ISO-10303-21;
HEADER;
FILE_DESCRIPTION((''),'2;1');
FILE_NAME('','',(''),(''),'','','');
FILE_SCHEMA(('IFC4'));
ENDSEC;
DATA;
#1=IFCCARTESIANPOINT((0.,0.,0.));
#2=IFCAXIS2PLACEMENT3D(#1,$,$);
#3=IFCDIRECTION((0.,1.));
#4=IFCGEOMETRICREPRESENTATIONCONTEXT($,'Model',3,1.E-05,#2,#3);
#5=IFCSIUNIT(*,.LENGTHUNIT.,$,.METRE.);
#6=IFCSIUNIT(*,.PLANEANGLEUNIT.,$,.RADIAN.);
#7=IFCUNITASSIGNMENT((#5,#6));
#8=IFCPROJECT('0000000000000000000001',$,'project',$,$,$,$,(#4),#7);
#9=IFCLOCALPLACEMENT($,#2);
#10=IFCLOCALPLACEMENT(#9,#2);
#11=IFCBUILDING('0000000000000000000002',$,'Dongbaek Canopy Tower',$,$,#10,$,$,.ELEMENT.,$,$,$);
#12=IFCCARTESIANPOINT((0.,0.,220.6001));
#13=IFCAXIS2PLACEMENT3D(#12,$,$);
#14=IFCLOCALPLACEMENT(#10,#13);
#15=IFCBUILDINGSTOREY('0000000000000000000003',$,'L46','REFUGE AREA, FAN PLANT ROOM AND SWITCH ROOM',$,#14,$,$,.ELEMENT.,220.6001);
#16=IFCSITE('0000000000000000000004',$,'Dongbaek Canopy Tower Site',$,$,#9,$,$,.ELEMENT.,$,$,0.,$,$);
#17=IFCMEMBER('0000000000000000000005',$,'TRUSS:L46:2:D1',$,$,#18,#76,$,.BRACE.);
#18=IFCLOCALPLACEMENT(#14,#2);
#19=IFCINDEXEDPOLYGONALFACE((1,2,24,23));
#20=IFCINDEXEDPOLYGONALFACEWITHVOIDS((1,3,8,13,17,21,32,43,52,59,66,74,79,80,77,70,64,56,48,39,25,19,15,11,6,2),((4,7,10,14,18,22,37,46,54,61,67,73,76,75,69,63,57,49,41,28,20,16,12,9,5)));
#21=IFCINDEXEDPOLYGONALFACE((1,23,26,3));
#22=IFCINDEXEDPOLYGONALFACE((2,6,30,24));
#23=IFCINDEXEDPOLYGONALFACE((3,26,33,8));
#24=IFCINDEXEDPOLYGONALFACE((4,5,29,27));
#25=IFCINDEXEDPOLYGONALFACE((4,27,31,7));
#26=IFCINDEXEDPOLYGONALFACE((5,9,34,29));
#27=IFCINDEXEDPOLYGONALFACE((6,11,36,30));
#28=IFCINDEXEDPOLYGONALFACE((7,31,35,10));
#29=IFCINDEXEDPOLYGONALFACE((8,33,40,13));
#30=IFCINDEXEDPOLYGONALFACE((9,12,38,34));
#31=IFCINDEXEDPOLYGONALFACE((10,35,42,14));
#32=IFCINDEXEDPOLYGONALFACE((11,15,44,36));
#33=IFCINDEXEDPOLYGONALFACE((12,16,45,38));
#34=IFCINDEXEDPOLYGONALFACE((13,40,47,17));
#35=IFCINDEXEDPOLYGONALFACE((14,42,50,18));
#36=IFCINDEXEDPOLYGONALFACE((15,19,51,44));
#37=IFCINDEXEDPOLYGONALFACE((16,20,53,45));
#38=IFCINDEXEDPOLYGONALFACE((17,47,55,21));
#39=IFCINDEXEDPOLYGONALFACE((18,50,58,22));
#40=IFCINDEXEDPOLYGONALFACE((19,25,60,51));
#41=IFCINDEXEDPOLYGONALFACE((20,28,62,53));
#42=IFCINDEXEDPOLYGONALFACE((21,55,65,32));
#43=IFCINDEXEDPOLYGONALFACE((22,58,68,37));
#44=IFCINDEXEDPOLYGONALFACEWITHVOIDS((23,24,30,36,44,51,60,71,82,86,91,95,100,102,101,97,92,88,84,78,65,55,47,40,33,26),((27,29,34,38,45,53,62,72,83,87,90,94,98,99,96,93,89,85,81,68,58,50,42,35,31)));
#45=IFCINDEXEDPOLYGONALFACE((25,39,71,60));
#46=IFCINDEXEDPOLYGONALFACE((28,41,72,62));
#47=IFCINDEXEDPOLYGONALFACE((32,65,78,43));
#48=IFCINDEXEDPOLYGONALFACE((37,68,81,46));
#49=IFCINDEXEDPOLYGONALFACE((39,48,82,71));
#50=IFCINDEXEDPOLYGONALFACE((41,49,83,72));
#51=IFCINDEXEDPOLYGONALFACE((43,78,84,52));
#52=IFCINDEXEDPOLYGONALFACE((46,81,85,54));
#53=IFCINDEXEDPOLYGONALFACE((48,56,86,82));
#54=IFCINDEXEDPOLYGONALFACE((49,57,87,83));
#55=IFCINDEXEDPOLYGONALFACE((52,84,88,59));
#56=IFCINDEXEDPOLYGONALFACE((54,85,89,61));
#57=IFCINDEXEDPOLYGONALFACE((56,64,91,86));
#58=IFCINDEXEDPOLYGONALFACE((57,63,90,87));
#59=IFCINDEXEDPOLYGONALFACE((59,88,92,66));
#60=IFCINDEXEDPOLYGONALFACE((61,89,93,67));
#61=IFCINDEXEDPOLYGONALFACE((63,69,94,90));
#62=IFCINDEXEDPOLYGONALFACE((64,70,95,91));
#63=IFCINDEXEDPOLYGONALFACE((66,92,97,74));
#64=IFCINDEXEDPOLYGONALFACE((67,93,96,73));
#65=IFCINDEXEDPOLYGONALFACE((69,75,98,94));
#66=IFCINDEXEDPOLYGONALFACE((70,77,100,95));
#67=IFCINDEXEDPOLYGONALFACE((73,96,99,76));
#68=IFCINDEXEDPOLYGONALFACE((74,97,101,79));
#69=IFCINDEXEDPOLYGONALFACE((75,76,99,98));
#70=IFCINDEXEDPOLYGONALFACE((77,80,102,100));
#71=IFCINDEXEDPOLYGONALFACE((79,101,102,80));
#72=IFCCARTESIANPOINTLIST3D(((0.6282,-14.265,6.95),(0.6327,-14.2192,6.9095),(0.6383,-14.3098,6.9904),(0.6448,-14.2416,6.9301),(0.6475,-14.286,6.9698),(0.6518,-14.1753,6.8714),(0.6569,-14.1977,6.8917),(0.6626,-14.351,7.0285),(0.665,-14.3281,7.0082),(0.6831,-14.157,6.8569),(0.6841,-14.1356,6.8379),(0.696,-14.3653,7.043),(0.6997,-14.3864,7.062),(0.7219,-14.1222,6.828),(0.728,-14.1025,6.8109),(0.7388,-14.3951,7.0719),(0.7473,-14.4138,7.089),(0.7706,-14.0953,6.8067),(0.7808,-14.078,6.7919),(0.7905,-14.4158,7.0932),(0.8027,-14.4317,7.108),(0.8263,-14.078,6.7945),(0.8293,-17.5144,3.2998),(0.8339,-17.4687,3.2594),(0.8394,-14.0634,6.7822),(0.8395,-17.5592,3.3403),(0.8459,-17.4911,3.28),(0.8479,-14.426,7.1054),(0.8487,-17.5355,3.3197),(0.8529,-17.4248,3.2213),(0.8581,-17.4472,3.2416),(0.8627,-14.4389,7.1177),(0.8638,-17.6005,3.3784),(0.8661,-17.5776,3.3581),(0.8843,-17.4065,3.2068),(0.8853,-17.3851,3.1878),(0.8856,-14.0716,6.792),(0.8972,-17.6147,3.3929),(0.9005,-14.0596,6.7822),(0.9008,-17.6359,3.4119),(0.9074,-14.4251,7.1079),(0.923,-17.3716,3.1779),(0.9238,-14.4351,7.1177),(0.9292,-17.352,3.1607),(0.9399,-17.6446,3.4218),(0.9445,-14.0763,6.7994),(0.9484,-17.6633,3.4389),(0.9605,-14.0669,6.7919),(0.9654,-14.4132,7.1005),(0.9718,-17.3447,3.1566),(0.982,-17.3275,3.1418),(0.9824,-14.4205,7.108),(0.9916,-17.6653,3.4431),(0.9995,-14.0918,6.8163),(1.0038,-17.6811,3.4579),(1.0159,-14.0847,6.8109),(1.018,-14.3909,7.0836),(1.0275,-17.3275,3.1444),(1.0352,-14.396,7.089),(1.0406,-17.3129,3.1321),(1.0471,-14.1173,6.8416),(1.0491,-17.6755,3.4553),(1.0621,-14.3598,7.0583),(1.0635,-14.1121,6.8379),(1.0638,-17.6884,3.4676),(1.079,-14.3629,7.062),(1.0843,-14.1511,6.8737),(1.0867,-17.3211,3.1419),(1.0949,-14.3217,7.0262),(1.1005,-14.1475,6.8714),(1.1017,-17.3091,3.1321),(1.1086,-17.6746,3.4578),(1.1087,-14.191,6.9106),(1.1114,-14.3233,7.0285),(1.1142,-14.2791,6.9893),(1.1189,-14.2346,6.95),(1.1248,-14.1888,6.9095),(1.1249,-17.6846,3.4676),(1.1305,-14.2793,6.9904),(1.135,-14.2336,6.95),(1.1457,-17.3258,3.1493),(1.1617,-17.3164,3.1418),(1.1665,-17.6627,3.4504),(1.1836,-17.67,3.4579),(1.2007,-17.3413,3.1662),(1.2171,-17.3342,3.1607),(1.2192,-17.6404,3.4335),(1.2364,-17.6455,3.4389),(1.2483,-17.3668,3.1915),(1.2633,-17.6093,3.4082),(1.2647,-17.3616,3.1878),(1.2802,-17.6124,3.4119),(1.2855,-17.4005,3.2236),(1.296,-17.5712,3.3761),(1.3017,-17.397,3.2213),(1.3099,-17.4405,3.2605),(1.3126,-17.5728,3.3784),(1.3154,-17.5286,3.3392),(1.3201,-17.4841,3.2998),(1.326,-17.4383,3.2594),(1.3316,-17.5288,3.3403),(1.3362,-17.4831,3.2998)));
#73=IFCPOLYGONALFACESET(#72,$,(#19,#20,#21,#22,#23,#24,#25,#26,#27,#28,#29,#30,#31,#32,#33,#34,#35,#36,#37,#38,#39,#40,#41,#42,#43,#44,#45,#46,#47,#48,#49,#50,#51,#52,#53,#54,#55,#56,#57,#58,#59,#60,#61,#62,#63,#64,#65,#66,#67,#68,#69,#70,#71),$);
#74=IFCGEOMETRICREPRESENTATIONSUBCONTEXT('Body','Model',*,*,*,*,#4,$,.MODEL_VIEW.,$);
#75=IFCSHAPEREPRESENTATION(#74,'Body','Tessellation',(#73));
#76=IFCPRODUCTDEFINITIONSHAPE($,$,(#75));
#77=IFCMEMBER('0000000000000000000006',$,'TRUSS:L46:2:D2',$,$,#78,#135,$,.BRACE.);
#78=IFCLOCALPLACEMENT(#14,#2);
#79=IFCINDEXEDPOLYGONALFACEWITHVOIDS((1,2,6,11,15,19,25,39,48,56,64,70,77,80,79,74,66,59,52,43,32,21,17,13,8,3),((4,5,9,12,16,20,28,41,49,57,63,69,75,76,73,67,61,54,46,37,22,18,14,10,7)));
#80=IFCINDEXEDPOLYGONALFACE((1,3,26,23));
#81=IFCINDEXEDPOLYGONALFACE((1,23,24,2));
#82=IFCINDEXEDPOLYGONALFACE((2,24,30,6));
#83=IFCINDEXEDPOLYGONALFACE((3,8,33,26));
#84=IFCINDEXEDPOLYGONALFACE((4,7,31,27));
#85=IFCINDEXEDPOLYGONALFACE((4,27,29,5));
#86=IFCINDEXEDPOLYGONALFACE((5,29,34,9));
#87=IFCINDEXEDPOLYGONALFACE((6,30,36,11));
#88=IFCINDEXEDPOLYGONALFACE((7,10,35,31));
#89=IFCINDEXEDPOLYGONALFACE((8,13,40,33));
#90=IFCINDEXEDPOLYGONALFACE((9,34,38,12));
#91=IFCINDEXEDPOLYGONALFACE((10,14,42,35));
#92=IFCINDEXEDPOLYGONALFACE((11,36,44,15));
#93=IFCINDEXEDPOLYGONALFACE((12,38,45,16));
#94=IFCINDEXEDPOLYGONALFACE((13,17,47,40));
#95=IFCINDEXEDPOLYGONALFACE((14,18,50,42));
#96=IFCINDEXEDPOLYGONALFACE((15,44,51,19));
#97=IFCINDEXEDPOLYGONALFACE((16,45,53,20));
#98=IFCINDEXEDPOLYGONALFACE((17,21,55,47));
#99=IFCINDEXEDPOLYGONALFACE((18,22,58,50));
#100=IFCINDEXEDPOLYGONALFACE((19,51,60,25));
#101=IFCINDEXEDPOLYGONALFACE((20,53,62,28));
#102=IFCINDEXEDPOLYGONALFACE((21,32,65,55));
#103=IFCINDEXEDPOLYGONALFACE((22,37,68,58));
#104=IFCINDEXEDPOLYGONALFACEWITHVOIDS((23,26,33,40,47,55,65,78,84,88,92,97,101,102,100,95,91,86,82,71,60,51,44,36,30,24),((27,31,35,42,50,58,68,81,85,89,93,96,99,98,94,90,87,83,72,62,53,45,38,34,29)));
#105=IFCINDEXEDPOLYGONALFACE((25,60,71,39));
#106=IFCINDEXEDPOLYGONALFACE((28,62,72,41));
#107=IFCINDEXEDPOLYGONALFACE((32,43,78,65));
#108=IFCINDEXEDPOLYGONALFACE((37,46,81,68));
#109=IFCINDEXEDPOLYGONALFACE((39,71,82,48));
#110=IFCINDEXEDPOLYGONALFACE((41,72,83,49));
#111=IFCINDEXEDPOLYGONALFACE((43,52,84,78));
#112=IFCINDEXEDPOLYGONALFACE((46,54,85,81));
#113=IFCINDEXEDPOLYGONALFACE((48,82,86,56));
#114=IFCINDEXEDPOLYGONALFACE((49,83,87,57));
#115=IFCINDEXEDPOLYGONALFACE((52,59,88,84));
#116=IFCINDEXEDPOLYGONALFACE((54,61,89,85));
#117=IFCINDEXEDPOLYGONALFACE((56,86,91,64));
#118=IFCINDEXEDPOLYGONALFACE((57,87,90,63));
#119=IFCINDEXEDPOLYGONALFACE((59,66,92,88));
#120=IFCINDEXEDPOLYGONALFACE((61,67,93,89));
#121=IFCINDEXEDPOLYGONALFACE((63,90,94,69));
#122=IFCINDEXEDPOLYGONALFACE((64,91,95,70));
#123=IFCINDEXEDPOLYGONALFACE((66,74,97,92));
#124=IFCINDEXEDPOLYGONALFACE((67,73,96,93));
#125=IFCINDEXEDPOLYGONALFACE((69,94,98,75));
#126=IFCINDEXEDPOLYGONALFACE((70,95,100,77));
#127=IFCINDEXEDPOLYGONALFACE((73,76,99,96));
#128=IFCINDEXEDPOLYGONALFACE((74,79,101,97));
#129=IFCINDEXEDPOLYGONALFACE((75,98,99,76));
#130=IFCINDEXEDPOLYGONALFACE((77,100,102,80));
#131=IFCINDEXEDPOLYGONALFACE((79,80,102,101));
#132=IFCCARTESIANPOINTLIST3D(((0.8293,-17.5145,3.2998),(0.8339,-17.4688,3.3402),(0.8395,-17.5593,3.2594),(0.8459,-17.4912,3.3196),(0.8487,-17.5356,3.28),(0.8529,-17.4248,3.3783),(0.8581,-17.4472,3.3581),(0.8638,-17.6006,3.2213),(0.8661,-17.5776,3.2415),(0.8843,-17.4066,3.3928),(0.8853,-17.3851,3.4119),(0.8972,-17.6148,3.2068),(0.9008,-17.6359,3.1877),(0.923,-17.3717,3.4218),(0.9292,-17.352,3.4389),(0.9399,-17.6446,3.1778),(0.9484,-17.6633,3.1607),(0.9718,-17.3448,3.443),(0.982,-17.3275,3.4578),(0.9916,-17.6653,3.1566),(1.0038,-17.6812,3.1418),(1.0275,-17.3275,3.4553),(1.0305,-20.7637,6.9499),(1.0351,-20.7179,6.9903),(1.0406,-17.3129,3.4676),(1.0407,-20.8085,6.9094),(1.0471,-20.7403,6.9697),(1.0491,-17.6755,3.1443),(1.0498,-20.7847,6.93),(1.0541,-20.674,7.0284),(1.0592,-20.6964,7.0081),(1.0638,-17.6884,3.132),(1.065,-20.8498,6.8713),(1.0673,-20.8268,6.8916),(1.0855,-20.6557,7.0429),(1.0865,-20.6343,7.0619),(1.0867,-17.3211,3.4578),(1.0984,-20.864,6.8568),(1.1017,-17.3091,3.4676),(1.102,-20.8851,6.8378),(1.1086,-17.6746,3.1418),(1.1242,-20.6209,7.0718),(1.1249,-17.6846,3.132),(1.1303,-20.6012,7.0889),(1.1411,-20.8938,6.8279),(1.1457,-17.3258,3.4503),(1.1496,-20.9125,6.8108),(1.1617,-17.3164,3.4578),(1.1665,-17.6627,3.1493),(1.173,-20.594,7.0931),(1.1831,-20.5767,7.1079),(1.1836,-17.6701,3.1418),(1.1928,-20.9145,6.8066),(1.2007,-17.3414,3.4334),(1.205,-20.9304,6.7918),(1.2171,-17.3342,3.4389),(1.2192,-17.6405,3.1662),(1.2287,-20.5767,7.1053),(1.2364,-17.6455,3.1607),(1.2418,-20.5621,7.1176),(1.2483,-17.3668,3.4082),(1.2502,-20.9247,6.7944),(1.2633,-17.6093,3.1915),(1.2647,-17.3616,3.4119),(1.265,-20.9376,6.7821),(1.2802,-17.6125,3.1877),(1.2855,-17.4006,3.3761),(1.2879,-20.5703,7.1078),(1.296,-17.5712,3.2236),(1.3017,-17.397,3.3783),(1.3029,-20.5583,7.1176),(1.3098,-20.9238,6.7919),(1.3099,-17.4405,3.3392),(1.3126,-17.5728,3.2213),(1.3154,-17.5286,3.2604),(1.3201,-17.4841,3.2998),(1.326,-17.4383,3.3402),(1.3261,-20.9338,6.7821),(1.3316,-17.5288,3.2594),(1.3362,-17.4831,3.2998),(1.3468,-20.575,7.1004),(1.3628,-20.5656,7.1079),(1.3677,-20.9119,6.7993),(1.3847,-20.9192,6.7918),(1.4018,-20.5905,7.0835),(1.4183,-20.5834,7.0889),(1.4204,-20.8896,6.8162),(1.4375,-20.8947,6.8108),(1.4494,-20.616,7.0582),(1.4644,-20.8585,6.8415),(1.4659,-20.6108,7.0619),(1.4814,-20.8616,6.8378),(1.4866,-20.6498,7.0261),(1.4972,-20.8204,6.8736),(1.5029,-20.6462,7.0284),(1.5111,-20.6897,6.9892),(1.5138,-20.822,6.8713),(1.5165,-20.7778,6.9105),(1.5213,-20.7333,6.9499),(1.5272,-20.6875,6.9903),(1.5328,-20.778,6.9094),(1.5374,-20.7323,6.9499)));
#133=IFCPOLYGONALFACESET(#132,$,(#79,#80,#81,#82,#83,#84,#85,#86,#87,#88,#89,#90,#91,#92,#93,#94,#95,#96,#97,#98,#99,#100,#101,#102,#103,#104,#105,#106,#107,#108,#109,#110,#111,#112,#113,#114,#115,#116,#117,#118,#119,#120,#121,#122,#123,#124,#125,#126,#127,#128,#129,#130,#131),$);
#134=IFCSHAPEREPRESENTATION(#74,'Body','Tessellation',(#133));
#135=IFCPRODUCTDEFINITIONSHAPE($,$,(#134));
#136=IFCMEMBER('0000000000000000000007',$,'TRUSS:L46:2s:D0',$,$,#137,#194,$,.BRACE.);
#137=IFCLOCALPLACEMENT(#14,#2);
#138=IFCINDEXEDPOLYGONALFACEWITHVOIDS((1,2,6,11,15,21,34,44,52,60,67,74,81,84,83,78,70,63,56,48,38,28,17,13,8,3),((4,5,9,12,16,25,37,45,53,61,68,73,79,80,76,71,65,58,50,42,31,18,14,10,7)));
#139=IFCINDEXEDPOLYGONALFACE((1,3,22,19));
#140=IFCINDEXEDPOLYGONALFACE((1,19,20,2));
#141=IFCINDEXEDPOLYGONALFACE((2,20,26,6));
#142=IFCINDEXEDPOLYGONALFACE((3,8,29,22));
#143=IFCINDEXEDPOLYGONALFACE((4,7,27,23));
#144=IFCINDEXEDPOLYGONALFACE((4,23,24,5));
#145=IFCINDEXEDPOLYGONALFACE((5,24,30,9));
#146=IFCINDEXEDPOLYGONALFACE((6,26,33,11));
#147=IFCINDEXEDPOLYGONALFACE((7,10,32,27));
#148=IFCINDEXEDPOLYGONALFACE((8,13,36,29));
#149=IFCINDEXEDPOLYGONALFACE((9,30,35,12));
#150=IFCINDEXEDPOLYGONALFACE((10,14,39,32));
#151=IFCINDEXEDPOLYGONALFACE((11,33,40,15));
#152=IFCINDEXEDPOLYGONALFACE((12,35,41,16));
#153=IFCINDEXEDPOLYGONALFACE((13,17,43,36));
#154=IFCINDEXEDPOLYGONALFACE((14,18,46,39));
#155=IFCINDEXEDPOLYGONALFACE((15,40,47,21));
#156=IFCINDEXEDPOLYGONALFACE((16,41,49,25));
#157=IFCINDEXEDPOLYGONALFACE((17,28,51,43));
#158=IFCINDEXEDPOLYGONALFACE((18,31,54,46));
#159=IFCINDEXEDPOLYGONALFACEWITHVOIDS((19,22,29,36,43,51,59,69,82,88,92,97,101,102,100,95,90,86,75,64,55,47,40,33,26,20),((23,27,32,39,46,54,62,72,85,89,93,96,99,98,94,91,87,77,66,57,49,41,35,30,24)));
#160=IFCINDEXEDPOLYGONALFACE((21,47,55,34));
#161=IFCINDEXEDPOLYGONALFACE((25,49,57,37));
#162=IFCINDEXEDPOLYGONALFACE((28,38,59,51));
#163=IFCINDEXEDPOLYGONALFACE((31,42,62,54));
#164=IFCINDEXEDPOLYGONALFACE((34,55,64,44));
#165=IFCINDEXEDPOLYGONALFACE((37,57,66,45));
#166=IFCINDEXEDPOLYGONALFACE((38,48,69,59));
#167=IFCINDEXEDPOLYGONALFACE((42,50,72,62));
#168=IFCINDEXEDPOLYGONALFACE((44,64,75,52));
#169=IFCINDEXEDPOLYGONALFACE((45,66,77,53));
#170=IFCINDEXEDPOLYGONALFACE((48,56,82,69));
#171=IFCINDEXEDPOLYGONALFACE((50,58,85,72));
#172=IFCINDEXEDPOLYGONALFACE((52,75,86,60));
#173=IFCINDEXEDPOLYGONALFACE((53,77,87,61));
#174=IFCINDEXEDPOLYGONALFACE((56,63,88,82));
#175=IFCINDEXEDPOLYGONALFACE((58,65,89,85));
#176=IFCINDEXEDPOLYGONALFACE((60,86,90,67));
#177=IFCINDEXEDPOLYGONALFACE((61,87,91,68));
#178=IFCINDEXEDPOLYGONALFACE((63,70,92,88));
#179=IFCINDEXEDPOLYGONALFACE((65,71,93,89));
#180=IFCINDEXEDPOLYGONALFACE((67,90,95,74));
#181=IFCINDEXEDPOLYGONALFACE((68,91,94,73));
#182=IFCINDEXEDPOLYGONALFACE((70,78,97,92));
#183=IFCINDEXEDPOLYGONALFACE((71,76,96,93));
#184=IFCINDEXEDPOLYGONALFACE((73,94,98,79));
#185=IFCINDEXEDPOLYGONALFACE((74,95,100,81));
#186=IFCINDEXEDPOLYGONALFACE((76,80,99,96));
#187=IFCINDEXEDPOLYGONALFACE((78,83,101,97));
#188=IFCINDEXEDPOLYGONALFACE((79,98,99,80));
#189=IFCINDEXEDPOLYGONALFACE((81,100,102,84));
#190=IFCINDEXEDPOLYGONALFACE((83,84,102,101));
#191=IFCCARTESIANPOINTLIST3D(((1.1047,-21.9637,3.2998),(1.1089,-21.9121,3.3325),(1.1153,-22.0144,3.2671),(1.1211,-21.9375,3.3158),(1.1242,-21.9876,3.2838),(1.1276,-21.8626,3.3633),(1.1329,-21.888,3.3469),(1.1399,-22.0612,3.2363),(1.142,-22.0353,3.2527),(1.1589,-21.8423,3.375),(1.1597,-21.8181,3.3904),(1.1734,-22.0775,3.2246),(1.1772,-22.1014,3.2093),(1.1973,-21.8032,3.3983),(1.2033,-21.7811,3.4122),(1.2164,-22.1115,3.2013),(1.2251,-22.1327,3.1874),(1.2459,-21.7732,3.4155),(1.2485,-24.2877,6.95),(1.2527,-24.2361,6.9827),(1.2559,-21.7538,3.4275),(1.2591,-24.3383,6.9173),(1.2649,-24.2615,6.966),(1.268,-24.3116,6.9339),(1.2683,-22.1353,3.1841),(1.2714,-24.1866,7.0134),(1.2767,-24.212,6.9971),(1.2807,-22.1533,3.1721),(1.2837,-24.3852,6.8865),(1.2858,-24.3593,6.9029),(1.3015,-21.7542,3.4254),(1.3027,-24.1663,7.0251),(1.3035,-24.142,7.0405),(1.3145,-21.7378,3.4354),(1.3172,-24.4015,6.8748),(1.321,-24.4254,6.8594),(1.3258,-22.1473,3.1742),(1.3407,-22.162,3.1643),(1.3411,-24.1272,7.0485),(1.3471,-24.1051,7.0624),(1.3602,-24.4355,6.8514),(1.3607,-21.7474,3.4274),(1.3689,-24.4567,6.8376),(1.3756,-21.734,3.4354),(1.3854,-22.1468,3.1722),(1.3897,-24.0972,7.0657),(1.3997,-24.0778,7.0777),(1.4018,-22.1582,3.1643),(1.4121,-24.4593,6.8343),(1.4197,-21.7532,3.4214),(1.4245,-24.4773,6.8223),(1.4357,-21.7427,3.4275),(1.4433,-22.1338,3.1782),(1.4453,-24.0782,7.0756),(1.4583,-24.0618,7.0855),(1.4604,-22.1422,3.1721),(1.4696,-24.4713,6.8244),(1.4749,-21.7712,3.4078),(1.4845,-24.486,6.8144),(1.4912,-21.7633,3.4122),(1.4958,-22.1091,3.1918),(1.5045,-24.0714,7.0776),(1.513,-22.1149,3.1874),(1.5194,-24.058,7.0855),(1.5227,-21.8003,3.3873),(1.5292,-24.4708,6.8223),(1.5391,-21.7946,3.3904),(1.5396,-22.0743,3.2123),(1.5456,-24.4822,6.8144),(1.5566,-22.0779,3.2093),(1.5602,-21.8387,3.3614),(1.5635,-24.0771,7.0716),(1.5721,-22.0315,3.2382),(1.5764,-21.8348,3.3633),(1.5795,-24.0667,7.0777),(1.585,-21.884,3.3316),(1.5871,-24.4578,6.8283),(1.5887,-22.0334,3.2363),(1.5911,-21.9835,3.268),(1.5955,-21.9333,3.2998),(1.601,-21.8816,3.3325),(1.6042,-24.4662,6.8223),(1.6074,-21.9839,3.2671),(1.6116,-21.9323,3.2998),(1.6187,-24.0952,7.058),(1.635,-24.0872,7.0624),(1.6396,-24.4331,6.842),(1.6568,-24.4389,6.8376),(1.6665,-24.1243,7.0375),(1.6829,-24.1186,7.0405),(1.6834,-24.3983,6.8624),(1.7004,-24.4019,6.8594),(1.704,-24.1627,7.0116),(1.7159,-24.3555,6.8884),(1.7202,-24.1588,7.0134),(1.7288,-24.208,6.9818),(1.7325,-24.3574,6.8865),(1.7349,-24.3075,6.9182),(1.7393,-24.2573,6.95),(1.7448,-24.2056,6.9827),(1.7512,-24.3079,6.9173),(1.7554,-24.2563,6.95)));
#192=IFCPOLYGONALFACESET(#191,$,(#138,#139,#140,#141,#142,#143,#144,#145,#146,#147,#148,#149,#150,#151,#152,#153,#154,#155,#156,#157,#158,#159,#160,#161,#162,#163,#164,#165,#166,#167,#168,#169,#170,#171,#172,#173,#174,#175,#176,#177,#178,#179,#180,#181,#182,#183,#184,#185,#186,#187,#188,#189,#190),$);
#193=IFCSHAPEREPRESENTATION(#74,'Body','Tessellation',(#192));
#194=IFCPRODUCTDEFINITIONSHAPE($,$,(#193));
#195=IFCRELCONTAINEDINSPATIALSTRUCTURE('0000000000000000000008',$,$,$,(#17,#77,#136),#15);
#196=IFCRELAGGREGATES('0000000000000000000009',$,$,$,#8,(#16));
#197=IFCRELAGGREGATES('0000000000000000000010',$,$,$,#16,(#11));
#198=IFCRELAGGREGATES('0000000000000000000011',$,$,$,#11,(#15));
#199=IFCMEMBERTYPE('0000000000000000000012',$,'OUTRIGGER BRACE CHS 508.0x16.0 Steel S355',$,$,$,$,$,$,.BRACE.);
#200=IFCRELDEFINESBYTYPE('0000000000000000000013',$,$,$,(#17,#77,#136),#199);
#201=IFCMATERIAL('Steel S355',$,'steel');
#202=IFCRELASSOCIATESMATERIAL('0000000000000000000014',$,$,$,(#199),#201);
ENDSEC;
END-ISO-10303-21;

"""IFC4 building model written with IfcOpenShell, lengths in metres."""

from ifc_helpers import new_model, si_unit, direction, frame, origin, origin_2d, place, context, subcontext, project, spatial, hollow_circle, extrude, material, material_profile, profile_set, type_object, element, save


model = new_model("IFC4")

# Units and contexts
model_context = context("Model", 3, precision=1e-05, world=origin(), true_north=direction((0.0, 1.0)))
body_context = subcontext(model_context, "Body", "Model", "MODEL_VIEW")
ifc_project = project(units=[si_unit("LENGTHUNIT", "METRE"), si_unit("PLANEANGLEUNIT", "RADIAN")], contexts=[model_context])

# Site, building, storey
site_placement = place(None, origin())
site = spatial("IfcSite", under=ifc_project, at=site_placement, Name="Dongbaek Canopy Tower Site", CompositionType="ELEMENT", RefElevation=0.0)
building_placement = place(site_placement, origin())
building = spatial("IfcBuilding", under=site, at=building_placement, Name="Dongbaek Canopy Tower", CompositionType="ELEMENT")
storey_placement = place(building_placement, frame((0.0, 0.0, 220.6001)))
storey = spatial("IfcBuildingStorey", under=building, at=storey_placement, Name="L46", Description="REFUGE AREA, FAN PLANT ROOM AND SWITCH ROOM", CompositionType="ELEMENT", Elevation=220.6001)

# Members
ifc_material_1 = material(Name="Steel S355", Category="steel")
ifc_material_profile_1 = material_profile(ifc_material_1, hollow_circle(Radius=0.2539, WallThickness=0.0161, at=origin_2d()), Name="OUTRIGGER BRACE CHS 508.0x16.0 Steel S355")
ifc_profile_set_1 = profile_set([ifc_material_profile_1], Name="Steel S355")
member_type_1 = type_object("IfcMemberType", Name="OUTRIGGER BRACE CHS 508.0x16.0 Steel S355", PredefinedType="BRACE", material=ifc_profile_set_1)
member_1_placement = place(storey_placement, frame((0.8816, -14.2493, 6.95), z_axis=(0.04113, -0.664365, -0.746275), x_axis=(0.998089, 0.06179, 0.0)))
element("IfcMember", 1, at=member_1_placement, inside=storey, type_object=member_type_1, Name="TRUSS:L46:2:D1", PredefinedType="BRACE", context=body_context, shape_type="SweptSolid", body=[
    extrude(hollow_circle(Radius=0.2539, WallThickness=0.0161, at=origin_2d()), origin(), (0.0, 0.0, 1.0), 4.8911),
])
member_2_placement = place(storey_placement, frame((1.0828, -17.4988, 3.2998), z_axis=(0.041131, -0.664337, 0.7463), x_axis=(0.998089, 0.061795, 0.0)))
element("IfcMember", 2, at=member_2_placement, inside=storey, type_object=member_type_1, Name="TRUSS:L46:2:D2", PredefinedType="BRACE", context=body_context, shape_type="SweptSolid", body=[
    extrude(hollow_circle(Radius=0.2539, WallThickness=0.0161, at=origin_2d()), origin(), (0.0, 0.0, 1.0), 4.8909),
])
member_3_placement = place(storey_placement, frame((1.3582, -21.948, 3.2998), z_axis=(0.033213, -0.536769, 0.843075), x_axis=(0.998091, 0.061758, 0.0)))
element("IfcMember", 3, at=member_3_placement, inside=storey, type_object=member_type_1, Name="TRUSS:L46:2s:D0", PredefinedType="BRACE", context=body_context, shape_type="SweptSolid", body=[
    extrude(hollow_circle(Radius=0.2539, WallThickness=0.0161, at=origin_2d()), origin(), (0.0, 0.0, 1.0), 4.3296),
])

save(model, "model.ifc")
